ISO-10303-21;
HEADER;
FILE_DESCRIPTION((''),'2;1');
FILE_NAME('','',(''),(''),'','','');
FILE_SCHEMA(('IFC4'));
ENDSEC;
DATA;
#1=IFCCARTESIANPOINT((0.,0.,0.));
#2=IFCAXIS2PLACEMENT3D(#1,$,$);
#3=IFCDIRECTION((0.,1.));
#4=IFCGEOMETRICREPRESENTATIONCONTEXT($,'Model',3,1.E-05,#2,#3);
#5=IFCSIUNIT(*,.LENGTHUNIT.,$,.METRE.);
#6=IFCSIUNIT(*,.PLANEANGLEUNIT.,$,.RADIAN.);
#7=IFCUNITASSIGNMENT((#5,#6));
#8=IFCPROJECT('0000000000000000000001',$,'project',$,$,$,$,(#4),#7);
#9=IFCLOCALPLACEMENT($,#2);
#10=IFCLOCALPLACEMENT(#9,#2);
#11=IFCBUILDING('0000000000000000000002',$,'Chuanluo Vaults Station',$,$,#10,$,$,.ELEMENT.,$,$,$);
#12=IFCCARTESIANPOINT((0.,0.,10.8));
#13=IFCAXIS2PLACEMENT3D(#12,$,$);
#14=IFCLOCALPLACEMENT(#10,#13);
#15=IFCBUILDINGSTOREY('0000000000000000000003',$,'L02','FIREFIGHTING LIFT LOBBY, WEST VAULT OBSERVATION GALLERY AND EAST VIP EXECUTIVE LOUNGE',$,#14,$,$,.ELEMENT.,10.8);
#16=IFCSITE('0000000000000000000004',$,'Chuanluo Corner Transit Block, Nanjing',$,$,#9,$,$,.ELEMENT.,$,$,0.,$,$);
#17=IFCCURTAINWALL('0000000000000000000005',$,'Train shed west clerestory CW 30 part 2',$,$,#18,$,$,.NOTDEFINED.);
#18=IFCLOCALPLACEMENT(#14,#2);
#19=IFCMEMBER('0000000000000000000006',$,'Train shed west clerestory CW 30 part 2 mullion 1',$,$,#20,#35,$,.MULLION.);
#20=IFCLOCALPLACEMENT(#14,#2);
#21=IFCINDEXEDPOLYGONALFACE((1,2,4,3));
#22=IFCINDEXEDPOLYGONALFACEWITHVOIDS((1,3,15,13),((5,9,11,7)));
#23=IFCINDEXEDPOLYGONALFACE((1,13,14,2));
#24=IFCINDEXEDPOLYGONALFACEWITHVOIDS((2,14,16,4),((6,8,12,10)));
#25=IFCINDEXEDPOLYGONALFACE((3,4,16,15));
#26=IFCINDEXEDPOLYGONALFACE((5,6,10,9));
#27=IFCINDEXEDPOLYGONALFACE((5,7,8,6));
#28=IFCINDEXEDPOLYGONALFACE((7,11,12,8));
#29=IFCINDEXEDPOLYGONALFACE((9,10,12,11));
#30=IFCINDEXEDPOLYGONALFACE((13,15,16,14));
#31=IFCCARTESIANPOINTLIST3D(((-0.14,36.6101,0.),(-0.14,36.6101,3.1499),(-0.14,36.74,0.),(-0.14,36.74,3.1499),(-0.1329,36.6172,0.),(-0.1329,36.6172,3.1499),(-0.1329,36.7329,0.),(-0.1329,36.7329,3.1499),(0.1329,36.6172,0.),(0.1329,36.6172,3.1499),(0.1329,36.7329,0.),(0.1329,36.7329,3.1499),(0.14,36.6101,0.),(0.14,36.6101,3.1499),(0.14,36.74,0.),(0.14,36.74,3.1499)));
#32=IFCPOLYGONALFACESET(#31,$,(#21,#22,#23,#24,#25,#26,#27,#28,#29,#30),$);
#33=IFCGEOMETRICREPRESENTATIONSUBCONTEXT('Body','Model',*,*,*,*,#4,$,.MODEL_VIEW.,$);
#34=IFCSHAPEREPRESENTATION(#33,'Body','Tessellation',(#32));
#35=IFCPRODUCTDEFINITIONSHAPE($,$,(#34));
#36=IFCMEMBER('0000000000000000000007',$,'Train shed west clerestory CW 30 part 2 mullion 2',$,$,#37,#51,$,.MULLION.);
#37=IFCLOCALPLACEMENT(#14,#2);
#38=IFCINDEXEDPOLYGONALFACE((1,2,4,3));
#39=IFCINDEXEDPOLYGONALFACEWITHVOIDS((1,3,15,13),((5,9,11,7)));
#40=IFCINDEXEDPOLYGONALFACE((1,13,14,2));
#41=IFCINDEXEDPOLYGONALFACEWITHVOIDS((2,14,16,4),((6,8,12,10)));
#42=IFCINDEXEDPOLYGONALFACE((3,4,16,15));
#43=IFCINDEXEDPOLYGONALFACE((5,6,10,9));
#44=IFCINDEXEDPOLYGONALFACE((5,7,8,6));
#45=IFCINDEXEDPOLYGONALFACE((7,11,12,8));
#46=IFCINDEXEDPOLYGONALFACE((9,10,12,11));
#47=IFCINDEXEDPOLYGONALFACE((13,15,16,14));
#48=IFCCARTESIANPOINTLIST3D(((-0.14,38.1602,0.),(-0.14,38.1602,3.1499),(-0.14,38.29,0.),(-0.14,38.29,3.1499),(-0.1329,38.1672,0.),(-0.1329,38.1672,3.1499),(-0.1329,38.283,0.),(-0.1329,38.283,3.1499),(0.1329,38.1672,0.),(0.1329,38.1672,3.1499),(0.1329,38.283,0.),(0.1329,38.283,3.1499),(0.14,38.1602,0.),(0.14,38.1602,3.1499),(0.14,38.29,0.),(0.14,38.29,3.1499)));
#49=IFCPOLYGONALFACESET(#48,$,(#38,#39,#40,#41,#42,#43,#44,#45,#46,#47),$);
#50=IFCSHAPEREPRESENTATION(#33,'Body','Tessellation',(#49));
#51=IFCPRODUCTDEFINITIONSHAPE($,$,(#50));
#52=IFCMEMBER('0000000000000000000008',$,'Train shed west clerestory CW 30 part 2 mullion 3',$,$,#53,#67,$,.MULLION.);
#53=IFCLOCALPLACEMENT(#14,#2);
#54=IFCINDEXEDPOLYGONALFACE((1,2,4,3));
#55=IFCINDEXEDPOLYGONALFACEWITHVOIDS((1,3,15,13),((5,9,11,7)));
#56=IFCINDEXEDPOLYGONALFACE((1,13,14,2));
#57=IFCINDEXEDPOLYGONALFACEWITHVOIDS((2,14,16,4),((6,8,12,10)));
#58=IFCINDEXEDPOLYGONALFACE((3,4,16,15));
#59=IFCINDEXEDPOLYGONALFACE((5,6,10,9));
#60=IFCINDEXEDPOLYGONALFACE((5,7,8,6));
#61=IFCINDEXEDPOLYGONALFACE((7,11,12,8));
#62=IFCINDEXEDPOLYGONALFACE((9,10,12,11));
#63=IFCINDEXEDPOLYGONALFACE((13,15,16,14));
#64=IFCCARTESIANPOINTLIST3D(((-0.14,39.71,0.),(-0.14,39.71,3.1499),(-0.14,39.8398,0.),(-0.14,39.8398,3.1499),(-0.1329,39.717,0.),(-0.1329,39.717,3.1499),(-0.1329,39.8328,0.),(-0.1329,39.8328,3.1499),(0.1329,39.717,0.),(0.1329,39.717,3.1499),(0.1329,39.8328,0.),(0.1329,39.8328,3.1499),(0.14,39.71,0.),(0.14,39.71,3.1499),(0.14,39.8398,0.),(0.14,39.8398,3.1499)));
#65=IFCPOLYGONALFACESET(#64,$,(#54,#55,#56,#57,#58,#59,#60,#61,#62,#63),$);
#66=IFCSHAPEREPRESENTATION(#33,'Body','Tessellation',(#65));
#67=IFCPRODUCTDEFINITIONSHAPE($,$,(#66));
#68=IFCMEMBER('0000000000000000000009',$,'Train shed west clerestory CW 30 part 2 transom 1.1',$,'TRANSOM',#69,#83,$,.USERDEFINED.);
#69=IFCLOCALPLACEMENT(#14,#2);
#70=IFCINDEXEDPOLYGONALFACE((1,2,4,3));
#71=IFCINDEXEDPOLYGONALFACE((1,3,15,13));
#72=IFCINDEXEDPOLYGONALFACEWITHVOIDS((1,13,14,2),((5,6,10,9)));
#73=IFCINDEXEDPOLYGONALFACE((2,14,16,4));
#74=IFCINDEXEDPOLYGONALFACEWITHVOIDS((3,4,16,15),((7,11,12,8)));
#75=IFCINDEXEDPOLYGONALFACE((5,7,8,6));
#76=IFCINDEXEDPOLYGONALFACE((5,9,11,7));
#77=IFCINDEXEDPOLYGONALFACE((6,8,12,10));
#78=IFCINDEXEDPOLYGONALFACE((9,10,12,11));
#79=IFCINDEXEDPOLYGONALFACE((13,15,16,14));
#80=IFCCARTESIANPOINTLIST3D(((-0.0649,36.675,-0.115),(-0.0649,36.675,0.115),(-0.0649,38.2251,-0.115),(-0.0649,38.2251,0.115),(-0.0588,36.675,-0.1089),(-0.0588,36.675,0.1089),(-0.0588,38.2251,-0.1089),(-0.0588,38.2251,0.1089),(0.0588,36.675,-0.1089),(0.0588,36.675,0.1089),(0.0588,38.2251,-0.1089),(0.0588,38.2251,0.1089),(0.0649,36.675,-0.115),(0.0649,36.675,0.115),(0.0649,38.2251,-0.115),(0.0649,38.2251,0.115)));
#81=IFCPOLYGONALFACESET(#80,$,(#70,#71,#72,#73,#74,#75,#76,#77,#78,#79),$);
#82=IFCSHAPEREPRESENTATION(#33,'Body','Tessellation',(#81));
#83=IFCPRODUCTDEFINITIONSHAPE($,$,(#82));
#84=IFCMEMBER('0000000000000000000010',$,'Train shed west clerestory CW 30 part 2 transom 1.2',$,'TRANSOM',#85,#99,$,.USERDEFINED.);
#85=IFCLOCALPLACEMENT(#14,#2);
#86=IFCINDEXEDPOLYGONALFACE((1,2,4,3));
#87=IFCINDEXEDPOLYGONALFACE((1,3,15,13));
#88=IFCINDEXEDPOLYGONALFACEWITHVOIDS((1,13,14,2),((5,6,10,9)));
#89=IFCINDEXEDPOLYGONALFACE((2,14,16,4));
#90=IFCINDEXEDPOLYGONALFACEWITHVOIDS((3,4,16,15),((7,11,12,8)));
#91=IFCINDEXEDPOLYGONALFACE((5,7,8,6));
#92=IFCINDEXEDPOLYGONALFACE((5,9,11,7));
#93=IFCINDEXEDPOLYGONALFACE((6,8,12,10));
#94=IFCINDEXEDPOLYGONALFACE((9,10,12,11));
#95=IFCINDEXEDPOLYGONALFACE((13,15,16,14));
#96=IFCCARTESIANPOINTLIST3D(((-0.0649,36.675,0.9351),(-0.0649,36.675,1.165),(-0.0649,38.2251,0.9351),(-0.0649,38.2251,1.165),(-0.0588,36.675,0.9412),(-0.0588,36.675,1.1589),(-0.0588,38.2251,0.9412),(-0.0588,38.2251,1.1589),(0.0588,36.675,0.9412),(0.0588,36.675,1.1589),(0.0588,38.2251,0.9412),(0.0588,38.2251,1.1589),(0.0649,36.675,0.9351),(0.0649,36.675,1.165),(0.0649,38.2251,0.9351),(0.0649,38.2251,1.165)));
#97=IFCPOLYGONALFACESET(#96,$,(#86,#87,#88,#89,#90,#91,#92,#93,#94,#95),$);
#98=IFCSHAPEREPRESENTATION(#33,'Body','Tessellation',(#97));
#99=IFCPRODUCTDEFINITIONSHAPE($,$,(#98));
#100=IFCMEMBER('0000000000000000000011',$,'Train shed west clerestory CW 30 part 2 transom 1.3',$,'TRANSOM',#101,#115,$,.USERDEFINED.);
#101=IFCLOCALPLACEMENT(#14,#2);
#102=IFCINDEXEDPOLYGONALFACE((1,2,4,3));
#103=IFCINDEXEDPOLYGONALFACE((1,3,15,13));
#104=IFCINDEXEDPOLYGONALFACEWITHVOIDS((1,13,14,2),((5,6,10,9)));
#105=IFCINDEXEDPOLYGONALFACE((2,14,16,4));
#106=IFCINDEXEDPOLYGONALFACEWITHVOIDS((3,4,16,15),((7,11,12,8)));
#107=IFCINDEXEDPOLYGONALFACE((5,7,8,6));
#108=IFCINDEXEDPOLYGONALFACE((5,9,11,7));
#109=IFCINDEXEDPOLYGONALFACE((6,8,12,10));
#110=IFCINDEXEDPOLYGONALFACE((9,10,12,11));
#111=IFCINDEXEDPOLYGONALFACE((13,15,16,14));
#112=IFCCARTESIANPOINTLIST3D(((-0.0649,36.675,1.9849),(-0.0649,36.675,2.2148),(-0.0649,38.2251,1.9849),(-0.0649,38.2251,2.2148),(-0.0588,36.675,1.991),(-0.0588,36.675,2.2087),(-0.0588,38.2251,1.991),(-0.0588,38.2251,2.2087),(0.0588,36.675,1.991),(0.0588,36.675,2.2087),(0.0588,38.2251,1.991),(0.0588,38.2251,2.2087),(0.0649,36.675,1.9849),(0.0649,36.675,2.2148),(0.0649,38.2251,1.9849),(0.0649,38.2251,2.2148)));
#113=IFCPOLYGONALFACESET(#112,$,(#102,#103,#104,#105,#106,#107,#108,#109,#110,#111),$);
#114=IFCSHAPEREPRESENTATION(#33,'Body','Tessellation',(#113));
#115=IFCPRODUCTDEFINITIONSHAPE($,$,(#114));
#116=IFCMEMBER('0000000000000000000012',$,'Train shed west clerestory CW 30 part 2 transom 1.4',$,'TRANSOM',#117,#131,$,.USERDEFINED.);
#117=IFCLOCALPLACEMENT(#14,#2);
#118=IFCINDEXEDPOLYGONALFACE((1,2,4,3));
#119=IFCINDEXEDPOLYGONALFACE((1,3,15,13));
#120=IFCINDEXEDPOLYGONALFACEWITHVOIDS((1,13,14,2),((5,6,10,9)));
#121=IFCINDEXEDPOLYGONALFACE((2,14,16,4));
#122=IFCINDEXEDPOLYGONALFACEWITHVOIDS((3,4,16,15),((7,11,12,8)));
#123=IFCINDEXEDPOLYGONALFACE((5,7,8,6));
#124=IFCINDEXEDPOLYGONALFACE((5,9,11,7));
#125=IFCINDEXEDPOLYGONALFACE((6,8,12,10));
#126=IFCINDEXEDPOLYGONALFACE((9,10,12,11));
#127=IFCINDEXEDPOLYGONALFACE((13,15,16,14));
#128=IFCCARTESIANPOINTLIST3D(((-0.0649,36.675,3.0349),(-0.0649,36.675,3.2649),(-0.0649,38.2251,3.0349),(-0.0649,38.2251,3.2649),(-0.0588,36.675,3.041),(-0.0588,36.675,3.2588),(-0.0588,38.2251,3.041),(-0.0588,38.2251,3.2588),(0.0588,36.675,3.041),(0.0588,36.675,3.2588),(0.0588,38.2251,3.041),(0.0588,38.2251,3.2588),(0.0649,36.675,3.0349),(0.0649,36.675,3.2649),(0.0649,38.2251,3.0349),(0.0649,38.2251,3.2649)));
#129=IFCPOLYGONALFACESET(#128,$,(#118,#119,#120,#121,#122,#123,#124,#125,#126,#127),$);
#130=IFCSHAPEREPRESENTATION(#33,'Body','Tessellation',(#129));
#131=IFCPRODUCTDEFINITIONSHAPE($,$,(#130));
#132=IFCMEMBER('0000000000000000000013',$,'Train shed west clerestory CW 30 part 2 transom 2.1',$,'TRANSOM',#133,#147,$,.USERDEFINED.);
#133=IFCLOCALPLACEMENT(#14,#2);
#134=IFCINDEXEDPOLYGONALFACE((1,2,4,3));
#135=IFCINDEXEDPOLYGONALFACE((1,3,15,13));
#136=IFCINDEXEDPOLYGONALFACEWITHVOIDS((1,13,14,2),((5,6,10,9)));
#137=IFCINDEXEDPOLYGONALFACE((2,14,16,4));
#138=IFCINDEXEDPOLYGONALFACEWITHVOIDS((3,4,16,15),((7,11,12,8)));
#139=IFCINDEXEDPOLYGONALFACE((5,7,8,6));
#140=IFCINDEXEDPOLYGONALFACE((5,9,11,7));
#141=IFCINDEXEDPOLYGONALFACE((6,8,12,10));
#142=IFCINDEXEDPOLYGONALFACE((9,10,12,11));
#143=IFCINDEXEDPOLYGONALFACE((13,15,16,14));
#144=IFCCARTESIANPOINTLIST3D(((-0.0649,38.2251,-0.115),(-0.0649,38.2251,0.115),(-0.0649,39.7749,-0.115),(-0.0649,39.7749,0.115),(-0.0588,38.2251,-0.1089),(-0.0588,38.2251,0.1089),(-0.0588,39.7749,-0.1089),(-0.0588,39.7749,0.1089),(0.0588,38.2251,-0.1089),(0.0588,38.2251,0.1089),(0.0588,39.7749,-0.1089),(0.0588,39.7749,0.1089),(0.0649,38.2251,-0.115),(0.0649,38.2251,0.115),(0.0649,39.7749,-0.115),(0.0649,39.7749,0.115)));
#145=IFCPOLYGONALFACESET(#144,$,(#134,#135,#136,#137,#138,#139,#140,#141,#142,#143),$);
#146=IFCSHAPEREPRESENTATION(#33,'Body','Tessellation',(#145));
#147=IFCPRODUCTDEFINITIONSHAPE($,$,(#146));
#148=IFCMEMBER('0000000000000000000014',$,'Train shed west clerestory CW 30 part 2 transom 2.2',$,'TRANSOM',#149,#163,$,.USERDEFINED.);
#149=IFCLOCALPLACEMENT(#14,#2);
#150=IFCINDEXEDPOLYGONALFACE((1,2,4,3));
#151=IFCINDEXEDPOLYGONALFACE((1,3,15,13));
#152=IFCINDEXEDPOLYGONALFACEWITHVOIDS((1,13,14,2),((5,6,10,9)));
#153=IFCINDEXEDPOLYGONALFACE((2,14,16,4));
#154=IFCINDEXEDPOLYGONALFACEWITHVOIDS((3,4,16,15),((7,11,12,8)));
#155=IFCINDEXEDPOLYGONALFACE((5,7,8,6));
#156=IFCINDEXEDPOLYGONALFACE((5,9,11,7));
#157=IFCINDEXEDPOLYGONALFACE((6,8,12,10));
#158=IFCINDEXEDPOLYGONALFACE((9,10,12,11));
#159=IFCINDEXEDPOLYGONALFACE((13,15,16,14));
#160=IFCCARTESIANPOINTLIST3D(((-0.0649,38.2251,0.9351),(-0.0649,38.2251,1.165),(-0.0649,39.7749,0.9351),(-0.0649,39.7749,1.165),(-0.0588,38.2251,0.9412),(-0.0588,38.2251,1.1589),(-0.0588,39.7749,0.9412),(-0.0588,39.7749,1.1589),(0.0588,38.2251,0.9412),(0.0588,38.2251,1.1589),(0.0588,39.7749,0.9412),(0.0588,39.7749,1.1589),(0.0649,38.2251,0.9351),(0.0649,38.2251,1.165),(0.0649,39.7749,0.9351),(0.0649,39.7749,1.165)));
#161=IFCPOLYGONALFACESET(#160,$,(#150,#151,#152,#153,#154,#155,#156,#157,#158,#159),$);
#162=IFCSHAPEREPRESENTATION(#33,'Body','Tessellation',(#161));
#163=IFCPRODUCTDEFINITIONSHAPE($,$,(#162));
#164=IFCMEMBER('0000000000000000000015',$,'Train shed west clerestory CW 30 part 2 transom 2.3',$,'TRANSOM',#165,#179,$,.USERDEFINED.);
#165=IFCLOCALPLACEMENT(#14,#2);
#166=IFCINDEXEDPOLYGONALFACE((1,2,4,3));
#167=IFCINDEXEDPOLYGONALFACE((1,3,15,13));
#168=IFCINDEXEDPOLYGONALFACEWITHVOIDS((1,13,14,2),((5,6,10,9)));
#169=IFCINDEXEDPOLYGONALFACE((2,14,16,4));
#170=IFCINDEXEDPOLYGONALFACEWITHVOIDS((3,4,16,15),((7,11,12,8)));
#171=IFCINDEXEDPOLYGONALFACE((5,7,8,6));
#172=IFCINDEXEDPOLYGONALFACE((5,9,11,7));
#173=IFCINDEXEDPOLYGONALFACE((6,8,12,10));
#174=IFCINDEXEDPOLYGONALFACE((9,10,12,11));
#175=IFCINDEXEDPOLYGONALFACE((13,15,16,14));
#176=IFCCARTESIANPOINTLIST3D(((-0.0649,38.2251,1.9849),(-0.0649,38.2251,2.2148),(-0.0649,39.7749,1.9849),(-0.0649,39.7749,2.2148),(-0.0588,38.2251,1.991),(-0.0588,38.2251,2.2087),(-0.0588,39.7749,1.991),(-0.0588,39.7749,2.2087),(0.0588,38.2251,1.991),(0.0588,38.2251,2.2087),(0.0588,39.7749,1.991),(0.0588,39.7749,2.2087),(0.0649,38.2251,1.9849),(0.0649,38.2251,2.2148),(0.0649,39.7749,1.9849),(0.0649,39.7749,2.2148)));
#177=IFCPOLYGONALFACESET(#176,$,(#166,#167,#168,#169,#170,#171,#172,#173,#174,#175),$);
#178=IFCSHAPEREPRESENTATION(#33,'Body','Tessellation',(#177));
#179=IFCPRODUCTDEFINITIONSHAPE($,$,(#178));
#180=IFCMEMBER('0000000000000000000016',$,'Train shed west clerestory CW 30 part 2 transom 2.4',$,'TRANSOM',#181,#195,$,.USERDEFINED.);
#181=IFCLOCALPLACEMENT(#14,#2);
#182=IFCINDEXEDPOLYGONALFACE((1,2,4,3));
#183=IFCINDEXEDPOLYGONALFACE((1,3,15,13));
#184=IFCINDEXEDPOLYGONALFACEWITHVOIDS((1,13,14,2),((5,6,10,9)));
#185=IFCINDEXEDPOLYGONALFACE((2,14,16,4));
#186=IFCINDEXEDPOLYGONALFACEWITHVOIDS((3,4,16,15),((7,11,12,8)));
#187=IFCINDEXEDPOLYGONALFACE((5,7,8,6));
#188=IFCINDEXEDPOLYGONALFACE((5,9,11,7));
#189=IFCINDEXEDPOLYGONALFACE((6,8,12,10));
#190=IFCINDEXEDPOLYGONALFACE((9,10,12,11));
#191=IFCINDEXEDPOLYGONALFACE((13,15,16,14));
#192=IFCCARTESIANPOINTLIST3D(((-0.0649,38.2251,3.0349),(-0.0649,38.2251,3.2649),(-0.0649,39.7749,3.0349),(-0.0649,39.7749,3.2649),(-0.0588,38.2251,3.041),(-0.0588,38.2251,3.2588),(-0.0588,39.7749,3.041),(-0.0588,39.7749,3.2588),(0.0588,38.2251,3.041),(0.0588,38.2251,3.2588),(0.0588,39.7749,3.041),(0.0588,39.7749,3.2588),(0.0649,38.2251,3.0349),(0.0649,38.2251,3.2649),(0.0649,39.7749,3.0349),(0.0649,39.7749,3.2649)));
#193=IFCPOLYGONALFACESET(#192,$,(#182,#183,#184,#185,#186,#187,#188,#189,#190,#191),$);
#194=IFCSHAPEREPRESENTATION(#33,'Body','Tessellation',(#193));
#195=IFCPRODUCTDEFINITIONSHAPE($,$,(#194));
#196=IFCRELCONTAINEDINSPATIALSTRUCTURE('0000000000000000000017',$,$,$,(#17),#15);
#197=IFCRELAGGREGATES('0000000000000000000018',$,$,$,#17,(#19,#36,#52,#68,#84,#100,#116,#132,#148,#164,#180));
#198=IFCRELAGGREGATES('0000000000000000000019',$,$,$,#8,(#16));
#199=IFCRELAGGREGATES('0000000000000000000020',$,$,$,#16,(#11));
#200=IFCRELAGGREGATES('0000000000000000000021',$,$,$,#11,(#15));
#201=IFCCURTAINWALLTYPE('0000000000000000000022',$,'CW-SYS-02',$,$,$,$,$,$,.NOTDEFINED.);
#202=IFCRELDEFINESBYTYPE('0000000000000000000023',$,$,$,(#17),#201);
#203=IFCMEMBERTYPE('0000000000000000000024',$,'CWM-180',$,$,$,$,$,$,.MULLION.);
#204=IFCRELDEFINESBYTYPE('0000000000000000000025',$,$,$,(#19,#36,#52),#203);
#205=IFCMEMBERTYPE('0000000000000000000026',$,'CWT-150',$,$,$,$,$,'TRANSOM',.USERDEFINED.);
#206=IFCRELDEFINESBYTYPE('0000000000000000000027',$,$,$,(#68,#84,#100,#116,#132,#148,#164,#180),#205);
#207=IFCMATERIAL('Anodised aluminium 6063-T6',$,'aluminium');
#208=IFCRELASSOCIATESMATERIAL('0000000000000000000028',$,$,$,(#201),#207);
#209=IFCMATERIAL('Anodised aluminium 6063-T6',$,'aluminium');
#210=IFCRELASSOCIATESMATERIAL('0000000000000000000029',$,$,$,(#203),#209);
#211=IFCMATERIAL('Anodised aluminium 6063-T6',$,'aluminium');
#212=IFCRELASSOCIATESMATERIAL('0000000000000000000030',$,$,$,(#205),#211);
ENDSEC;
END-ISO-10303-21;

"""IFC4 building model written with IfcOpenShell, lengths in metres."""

from ifc_helpers import new_model, si_unit, direction, frame, origin, origin_2d, place, context, subcontext, project, spatial, hollow_rectangle, extrude, material, material_profile, profile_set, type_object, element, aggregate, save


model = new_model("IFC4")

# Units and contexts
model_context = context("Model", 3, precision=1e-05, world=origin(), true_north=direction((0.0, 1.0)))
body_context = subcontext(model_context, "Body", "Model", "MODEL_VIEW")
ifc_project = project(units=[si_unit("LENGTHUNIT", "METRE"), si_unit("PLANEANGLEUNIT", "RADIAN")], contexts=[model_context])

# Site, building, storey
site_placement = place(None, origin())
site = spatial("IfcSite", under=ifc_project, at=site_placement, Name="Chuanluo Corner Transit Block, Nanjing", CompositionType="ELEMENT", RefElevation=0.0)
building_placement = place(site_placement, origin())
building = spatial("IfcBuilding", under=site, at=building_placement, Name="Chuanluo Vaults Station", CompositionType="ELEMENT")
storey_placement = place(building_placement, frame((0.0, 0.0, 10.8)))
storey = spatial("IfcBuildingStorey", under=building, at=storey_placement, Name="L02", Description="FIREFIGHTING LIFT LOBBY, WEST VAULT OBSERVATION GALLERY AND EAST VIP EXECUTIVE LOUNGE", CompositionType="ELEMENT", Elevation=10.8)

# Curtain wall, members
ifc_material_1 = material(Name="Anodised aluminium 6063-T6", Category="aluminium")
curtain_wall_type = type_object("IfcCurtainWallType", Name="CW-SYS-02", PredefinedType="NOTDEFINED", material=ifc_material_1)
curtain_wall_placement = place(storey_placement, origin())
curtain_wall = element("IfcCurtainWall", 1, at=curtain_wall_placement, inside=storey, type_object=curtain_wall_type, Name="Train shed west clerestory CW 30 part 2", PredefinedType="NOTDEFINED")
ifc_material_2 = material(Name="Anodised aluminium 6063-T6", Category="aluminium")
ifc_material_profile_1 = material_profile(ifc_material_2, hollow_rectangle(XDim=0.1299, YDim=0.28, WallThickness=0.0071, at=origin_2d()))
ifc_profile_set_1 = profile_set([ifc_material_profile_1], Name="Anodised aluminium 6063-T6")
member_type_1 = type_object("IfcMemberType", Name="CWM-180", PredefinedType="MULLION", material=ifc_profile_set_1)
member_1_placement = place(storey_placement, frame((0.0, 36.675, 0.0), z_axis=(0.0, 0.0, 1.0), x_axis=(0.0, 1.0, 0.0)))
member_1 = element("IfcMember", 2, at=member_1_placement, type_object=member_type_1, Name="Train shed west clerestory CW 30 part 2 mullion 1", PredefinedType="MULLION", context=body_context, shape_type="SweptSolid", body=[
    extrude(hollow_rectangle(XDim=0.1299, YDim=0.28, WallThickness=0.0071, at=origin_2d()), origin(), (0.0, 0.0, 1.0), 3.1499),
])
member_2_placement = place(storey_placement, frame((0.0, 38.2251, 0.0), z_axis=(0.0, 0.0, 1.0), x_axis=(0.0, 1.0, 0.0)))
member_2 = element("IfcMember", 3, at=member_2_placement, type_object=member_type_1, Name="Train shed west clerestory CW 30 part 2 mullion 2", PredefinedType="MULLION", context=body_context, shape_type="SweptSolid", body=[
    extrude(hollow_rectangle(XDim=0.1299, YDim=0.28, WallThickness=0.0071, at=origin_2d()), origin(), (0.0, 0.0, 1.0), 3.1499),
])
member_3_placement = place(storey_placement, frame((0.0, 39.7749, 0.0), z_axis=(0.0, 0.0, 1.0), x_axis=(0.0, 1.0, 0.0)))
member_3 = element("IfcMember", 4, at=member_3_placement, type_object=member_type_1, Name="Train shed west clerestory CW 30 part 2 mullion 3", PredefinedType="MULLION", context=body_context, shape_type="SweptSolid", body=[
    extrude(hollow_rectangle(XDim=0.1299, YDim=0.28, WallThickness=0.0071, at=origin_2d()), origin(), (0.0, 0.0, 1.0), 3.1499),
])
ifc_material_3 = material(Name="Anodised aluminium 6063-T6", Category="aluminium")
ifc_material_profile_2 = material_profile(ifc_material_3, hollow_rectangle(XDim=0.1299, YDim=0.23, WallThickness=0.0061, at=origin_2d()))
ifc_profile_set_2 = profile_set([ifc_material_profile_2], Name="Anodised aluminium 6063-T6")
member_type_2 = type_object("IfcMemberType", Name="CWT-150", ElementType="TRANSOM", PredefinedType="USERDEFINED", material=ifc_profile_set_2)
member_4_placement = place(storey_placement, frame((0.0, 36.675, 0.0), z_axis=(0.0, 1.0, 0.0), x_axis=(-1.0, 0.0, 0.0)))
member_4 = element("IfcMember", 5, at=member_4_placement, type_object=member_type_2, Name="Train shed west clerestory CW 30 part 2 transom 1.1", ObjectType="TRANSOM", PredefinedType="USERDEFINED", context=body_context, shape_type="SweptSolid", body=[
    extrude(hollow_rectangle(XDim=0.1299, YDim=0.23, WallThickness=0.0061, at=origin_2d()), origin(), (0.0, 0.0, 1.0), 1.55),
])
member_5_placement = place(storey_placement, frame((0.0, 36.675, 1.05), z_axis=(0.0, 1.0, 0.0), x_axis=(-1.0, 0.0, 0.0)))
member_5 = element("IfcMember", 6, at=member_5_placement, type_object=member_type_2, Name="Train shed west clerestory CW 30 part 2 transom 1.2", ObjectType="TRANSOM", PredefinedType="USERDEFINED", context=body_context, shape_type="SweptSolid", body=[
    extrude(hollow_rectangle(XDim=0.1299, YDim=0.23, WallThickness=0.0061, at=origin_2d()), origin(), (0.0, 0.0, 1.0), 1.55),
])
member_6_placement = place(storey_placement, frame((0.0, 36.675, 2.0999), z_axis=(0.0, 1.0, 0.0), x_axis=(-1.0, 0.0, 0.0)))
member_6 = element("IfcMember", 7, at=member_6_placement, type_object=member_type_2, Name="Train shed west clerestory CW 30 part 2 transom 1.3", ObjectType="TRANSOM", PredefinedType="USERDEFINED", context=body_context, shape_type="SweptSolid", body=[
    extrude(hollow_rectangle(XDim=0.1299, YDim=0.23, WallThickness=0.0061, at=origin_2d()), origin(), (0.0, 0.0, 1.0), 1.55),
])
member_7_placement = place(storey_placement, frame((0.0, 36.675, 3.1499), z_axis=(0.0, 1.0, 0.0), x_axis=(-1.0, 0.0, 0.0)))
member_7 = element("IfcMember", 8, at=member_7_placement, type_object=member_type_2, Name="Train shed west clerestory CW 30 part 2 transom 1.4", ObjectType="TRANSOM", PredefinedType="USERDEFINED", context=body_context, shape_type="SweptSolid", body=[
    extrude(hollow_rectangle(XDim=0.1299, YDim=0.23, WallThickness=0.0061, at=origin_2d()), origin(), (0.0, 0.0, 1.0), 1.55),
])
member_8_placement = place(storey_placement, frame((0.0, 38.2251, 0.0), z_axis=(0.0, 1.0, 0.0), x_axis=(-1.0, 0.0, 0.0)))
member_8 = element("IfcMember", 9, at=member_8_placement, type_object=member_type_2, Name="Train shed west clerestory CW 30 part 2 transom 2.1", ObjectType="TRANSOM", PredefinedType="USERDEFINED", context=body_context, shape_type="SweptSolid", body=[
    extrude(hollow_rectangle(XDim=0.1299, YDim=0.23, WallThickness=0.0061, at=origin_2d()), origin(), (0.0, 0.0, 1.0), 1.5498),
])
member_9_placement = place(storey_placement, frame((0.0, 38.2251, 1.05), z_axis=(0.0, 1.0, 0.0), x_axis=(-1.0, 0.0, 0.0)))
member_9 = element("IfcMember", 10, at=member_9_placement, type_object=member_type_2, Name="Train shed west clerestory CW 30 part 2 transom 2.2", ObjectType="TRANSOM", PredefinedType="USERDEFINED", context=body_context, shape_type="SweptSolid", body=[
    extrude(hollow_rectangle(XDim=0.1299, YDim=0.23, WallThickness=0.0061, at=origin_2d()), origin(), (0.0, 0.0, 1.0), 1.5498),
])
member_10_placement = place(storey_placement, frame((0.0, 38.2251, 2.0999), z_axis=(0.0, 1.0, 0.0), x_axis=(-1.0, 0.0, 0.0)))
member_10 = element("IfcMember", 11, at=member_10_placement, type_object=member_type_2, Name="Train shed west clerestory CW 30 part 2 transom 2.3", ObjectType="TRANSOM", PredefinedType="USERDEFINED", context=body_context, shape_type="SweptSolid", body=[
    extrude(hollow_rectangle(XDim=0.1299, YDim=0.23, WallThickness=0.0061, at=origin_2d()), origin(), (0.0, 0.0, 1.0), 1.5498),
])
member_11_placement = place(storey_placement, frame((0.0, 38.2251, 3.1499), z_axis=(0.0, 1.0, 0.0), x_axis=(-1.0, 0.0, 0.0)))
member_11 = element("IfcMember", 12, at=member_11_placement, type_object=member_type_2, Name="Train shed west clerestory CW 30 part 2 transom 2.4", ObjectType="TRANSOM", PredefinedType="USERDEFINED", context=body_context, shape_type="SweptSolid", body=[
    extrude(hollow_rectangle(XDim=0.1299, YDim=0.23, WallThickness=0.0061, at=origin_2d()), origin(), (0.0, 0.0, 1.0), 1.5498),
])
aggregate(curtain_wall, [member_1, member_2, member_3, member_4, member_5, member_6, member_7, member_8, member_9, member_10, member_11])

save(model, "model.ifc")
